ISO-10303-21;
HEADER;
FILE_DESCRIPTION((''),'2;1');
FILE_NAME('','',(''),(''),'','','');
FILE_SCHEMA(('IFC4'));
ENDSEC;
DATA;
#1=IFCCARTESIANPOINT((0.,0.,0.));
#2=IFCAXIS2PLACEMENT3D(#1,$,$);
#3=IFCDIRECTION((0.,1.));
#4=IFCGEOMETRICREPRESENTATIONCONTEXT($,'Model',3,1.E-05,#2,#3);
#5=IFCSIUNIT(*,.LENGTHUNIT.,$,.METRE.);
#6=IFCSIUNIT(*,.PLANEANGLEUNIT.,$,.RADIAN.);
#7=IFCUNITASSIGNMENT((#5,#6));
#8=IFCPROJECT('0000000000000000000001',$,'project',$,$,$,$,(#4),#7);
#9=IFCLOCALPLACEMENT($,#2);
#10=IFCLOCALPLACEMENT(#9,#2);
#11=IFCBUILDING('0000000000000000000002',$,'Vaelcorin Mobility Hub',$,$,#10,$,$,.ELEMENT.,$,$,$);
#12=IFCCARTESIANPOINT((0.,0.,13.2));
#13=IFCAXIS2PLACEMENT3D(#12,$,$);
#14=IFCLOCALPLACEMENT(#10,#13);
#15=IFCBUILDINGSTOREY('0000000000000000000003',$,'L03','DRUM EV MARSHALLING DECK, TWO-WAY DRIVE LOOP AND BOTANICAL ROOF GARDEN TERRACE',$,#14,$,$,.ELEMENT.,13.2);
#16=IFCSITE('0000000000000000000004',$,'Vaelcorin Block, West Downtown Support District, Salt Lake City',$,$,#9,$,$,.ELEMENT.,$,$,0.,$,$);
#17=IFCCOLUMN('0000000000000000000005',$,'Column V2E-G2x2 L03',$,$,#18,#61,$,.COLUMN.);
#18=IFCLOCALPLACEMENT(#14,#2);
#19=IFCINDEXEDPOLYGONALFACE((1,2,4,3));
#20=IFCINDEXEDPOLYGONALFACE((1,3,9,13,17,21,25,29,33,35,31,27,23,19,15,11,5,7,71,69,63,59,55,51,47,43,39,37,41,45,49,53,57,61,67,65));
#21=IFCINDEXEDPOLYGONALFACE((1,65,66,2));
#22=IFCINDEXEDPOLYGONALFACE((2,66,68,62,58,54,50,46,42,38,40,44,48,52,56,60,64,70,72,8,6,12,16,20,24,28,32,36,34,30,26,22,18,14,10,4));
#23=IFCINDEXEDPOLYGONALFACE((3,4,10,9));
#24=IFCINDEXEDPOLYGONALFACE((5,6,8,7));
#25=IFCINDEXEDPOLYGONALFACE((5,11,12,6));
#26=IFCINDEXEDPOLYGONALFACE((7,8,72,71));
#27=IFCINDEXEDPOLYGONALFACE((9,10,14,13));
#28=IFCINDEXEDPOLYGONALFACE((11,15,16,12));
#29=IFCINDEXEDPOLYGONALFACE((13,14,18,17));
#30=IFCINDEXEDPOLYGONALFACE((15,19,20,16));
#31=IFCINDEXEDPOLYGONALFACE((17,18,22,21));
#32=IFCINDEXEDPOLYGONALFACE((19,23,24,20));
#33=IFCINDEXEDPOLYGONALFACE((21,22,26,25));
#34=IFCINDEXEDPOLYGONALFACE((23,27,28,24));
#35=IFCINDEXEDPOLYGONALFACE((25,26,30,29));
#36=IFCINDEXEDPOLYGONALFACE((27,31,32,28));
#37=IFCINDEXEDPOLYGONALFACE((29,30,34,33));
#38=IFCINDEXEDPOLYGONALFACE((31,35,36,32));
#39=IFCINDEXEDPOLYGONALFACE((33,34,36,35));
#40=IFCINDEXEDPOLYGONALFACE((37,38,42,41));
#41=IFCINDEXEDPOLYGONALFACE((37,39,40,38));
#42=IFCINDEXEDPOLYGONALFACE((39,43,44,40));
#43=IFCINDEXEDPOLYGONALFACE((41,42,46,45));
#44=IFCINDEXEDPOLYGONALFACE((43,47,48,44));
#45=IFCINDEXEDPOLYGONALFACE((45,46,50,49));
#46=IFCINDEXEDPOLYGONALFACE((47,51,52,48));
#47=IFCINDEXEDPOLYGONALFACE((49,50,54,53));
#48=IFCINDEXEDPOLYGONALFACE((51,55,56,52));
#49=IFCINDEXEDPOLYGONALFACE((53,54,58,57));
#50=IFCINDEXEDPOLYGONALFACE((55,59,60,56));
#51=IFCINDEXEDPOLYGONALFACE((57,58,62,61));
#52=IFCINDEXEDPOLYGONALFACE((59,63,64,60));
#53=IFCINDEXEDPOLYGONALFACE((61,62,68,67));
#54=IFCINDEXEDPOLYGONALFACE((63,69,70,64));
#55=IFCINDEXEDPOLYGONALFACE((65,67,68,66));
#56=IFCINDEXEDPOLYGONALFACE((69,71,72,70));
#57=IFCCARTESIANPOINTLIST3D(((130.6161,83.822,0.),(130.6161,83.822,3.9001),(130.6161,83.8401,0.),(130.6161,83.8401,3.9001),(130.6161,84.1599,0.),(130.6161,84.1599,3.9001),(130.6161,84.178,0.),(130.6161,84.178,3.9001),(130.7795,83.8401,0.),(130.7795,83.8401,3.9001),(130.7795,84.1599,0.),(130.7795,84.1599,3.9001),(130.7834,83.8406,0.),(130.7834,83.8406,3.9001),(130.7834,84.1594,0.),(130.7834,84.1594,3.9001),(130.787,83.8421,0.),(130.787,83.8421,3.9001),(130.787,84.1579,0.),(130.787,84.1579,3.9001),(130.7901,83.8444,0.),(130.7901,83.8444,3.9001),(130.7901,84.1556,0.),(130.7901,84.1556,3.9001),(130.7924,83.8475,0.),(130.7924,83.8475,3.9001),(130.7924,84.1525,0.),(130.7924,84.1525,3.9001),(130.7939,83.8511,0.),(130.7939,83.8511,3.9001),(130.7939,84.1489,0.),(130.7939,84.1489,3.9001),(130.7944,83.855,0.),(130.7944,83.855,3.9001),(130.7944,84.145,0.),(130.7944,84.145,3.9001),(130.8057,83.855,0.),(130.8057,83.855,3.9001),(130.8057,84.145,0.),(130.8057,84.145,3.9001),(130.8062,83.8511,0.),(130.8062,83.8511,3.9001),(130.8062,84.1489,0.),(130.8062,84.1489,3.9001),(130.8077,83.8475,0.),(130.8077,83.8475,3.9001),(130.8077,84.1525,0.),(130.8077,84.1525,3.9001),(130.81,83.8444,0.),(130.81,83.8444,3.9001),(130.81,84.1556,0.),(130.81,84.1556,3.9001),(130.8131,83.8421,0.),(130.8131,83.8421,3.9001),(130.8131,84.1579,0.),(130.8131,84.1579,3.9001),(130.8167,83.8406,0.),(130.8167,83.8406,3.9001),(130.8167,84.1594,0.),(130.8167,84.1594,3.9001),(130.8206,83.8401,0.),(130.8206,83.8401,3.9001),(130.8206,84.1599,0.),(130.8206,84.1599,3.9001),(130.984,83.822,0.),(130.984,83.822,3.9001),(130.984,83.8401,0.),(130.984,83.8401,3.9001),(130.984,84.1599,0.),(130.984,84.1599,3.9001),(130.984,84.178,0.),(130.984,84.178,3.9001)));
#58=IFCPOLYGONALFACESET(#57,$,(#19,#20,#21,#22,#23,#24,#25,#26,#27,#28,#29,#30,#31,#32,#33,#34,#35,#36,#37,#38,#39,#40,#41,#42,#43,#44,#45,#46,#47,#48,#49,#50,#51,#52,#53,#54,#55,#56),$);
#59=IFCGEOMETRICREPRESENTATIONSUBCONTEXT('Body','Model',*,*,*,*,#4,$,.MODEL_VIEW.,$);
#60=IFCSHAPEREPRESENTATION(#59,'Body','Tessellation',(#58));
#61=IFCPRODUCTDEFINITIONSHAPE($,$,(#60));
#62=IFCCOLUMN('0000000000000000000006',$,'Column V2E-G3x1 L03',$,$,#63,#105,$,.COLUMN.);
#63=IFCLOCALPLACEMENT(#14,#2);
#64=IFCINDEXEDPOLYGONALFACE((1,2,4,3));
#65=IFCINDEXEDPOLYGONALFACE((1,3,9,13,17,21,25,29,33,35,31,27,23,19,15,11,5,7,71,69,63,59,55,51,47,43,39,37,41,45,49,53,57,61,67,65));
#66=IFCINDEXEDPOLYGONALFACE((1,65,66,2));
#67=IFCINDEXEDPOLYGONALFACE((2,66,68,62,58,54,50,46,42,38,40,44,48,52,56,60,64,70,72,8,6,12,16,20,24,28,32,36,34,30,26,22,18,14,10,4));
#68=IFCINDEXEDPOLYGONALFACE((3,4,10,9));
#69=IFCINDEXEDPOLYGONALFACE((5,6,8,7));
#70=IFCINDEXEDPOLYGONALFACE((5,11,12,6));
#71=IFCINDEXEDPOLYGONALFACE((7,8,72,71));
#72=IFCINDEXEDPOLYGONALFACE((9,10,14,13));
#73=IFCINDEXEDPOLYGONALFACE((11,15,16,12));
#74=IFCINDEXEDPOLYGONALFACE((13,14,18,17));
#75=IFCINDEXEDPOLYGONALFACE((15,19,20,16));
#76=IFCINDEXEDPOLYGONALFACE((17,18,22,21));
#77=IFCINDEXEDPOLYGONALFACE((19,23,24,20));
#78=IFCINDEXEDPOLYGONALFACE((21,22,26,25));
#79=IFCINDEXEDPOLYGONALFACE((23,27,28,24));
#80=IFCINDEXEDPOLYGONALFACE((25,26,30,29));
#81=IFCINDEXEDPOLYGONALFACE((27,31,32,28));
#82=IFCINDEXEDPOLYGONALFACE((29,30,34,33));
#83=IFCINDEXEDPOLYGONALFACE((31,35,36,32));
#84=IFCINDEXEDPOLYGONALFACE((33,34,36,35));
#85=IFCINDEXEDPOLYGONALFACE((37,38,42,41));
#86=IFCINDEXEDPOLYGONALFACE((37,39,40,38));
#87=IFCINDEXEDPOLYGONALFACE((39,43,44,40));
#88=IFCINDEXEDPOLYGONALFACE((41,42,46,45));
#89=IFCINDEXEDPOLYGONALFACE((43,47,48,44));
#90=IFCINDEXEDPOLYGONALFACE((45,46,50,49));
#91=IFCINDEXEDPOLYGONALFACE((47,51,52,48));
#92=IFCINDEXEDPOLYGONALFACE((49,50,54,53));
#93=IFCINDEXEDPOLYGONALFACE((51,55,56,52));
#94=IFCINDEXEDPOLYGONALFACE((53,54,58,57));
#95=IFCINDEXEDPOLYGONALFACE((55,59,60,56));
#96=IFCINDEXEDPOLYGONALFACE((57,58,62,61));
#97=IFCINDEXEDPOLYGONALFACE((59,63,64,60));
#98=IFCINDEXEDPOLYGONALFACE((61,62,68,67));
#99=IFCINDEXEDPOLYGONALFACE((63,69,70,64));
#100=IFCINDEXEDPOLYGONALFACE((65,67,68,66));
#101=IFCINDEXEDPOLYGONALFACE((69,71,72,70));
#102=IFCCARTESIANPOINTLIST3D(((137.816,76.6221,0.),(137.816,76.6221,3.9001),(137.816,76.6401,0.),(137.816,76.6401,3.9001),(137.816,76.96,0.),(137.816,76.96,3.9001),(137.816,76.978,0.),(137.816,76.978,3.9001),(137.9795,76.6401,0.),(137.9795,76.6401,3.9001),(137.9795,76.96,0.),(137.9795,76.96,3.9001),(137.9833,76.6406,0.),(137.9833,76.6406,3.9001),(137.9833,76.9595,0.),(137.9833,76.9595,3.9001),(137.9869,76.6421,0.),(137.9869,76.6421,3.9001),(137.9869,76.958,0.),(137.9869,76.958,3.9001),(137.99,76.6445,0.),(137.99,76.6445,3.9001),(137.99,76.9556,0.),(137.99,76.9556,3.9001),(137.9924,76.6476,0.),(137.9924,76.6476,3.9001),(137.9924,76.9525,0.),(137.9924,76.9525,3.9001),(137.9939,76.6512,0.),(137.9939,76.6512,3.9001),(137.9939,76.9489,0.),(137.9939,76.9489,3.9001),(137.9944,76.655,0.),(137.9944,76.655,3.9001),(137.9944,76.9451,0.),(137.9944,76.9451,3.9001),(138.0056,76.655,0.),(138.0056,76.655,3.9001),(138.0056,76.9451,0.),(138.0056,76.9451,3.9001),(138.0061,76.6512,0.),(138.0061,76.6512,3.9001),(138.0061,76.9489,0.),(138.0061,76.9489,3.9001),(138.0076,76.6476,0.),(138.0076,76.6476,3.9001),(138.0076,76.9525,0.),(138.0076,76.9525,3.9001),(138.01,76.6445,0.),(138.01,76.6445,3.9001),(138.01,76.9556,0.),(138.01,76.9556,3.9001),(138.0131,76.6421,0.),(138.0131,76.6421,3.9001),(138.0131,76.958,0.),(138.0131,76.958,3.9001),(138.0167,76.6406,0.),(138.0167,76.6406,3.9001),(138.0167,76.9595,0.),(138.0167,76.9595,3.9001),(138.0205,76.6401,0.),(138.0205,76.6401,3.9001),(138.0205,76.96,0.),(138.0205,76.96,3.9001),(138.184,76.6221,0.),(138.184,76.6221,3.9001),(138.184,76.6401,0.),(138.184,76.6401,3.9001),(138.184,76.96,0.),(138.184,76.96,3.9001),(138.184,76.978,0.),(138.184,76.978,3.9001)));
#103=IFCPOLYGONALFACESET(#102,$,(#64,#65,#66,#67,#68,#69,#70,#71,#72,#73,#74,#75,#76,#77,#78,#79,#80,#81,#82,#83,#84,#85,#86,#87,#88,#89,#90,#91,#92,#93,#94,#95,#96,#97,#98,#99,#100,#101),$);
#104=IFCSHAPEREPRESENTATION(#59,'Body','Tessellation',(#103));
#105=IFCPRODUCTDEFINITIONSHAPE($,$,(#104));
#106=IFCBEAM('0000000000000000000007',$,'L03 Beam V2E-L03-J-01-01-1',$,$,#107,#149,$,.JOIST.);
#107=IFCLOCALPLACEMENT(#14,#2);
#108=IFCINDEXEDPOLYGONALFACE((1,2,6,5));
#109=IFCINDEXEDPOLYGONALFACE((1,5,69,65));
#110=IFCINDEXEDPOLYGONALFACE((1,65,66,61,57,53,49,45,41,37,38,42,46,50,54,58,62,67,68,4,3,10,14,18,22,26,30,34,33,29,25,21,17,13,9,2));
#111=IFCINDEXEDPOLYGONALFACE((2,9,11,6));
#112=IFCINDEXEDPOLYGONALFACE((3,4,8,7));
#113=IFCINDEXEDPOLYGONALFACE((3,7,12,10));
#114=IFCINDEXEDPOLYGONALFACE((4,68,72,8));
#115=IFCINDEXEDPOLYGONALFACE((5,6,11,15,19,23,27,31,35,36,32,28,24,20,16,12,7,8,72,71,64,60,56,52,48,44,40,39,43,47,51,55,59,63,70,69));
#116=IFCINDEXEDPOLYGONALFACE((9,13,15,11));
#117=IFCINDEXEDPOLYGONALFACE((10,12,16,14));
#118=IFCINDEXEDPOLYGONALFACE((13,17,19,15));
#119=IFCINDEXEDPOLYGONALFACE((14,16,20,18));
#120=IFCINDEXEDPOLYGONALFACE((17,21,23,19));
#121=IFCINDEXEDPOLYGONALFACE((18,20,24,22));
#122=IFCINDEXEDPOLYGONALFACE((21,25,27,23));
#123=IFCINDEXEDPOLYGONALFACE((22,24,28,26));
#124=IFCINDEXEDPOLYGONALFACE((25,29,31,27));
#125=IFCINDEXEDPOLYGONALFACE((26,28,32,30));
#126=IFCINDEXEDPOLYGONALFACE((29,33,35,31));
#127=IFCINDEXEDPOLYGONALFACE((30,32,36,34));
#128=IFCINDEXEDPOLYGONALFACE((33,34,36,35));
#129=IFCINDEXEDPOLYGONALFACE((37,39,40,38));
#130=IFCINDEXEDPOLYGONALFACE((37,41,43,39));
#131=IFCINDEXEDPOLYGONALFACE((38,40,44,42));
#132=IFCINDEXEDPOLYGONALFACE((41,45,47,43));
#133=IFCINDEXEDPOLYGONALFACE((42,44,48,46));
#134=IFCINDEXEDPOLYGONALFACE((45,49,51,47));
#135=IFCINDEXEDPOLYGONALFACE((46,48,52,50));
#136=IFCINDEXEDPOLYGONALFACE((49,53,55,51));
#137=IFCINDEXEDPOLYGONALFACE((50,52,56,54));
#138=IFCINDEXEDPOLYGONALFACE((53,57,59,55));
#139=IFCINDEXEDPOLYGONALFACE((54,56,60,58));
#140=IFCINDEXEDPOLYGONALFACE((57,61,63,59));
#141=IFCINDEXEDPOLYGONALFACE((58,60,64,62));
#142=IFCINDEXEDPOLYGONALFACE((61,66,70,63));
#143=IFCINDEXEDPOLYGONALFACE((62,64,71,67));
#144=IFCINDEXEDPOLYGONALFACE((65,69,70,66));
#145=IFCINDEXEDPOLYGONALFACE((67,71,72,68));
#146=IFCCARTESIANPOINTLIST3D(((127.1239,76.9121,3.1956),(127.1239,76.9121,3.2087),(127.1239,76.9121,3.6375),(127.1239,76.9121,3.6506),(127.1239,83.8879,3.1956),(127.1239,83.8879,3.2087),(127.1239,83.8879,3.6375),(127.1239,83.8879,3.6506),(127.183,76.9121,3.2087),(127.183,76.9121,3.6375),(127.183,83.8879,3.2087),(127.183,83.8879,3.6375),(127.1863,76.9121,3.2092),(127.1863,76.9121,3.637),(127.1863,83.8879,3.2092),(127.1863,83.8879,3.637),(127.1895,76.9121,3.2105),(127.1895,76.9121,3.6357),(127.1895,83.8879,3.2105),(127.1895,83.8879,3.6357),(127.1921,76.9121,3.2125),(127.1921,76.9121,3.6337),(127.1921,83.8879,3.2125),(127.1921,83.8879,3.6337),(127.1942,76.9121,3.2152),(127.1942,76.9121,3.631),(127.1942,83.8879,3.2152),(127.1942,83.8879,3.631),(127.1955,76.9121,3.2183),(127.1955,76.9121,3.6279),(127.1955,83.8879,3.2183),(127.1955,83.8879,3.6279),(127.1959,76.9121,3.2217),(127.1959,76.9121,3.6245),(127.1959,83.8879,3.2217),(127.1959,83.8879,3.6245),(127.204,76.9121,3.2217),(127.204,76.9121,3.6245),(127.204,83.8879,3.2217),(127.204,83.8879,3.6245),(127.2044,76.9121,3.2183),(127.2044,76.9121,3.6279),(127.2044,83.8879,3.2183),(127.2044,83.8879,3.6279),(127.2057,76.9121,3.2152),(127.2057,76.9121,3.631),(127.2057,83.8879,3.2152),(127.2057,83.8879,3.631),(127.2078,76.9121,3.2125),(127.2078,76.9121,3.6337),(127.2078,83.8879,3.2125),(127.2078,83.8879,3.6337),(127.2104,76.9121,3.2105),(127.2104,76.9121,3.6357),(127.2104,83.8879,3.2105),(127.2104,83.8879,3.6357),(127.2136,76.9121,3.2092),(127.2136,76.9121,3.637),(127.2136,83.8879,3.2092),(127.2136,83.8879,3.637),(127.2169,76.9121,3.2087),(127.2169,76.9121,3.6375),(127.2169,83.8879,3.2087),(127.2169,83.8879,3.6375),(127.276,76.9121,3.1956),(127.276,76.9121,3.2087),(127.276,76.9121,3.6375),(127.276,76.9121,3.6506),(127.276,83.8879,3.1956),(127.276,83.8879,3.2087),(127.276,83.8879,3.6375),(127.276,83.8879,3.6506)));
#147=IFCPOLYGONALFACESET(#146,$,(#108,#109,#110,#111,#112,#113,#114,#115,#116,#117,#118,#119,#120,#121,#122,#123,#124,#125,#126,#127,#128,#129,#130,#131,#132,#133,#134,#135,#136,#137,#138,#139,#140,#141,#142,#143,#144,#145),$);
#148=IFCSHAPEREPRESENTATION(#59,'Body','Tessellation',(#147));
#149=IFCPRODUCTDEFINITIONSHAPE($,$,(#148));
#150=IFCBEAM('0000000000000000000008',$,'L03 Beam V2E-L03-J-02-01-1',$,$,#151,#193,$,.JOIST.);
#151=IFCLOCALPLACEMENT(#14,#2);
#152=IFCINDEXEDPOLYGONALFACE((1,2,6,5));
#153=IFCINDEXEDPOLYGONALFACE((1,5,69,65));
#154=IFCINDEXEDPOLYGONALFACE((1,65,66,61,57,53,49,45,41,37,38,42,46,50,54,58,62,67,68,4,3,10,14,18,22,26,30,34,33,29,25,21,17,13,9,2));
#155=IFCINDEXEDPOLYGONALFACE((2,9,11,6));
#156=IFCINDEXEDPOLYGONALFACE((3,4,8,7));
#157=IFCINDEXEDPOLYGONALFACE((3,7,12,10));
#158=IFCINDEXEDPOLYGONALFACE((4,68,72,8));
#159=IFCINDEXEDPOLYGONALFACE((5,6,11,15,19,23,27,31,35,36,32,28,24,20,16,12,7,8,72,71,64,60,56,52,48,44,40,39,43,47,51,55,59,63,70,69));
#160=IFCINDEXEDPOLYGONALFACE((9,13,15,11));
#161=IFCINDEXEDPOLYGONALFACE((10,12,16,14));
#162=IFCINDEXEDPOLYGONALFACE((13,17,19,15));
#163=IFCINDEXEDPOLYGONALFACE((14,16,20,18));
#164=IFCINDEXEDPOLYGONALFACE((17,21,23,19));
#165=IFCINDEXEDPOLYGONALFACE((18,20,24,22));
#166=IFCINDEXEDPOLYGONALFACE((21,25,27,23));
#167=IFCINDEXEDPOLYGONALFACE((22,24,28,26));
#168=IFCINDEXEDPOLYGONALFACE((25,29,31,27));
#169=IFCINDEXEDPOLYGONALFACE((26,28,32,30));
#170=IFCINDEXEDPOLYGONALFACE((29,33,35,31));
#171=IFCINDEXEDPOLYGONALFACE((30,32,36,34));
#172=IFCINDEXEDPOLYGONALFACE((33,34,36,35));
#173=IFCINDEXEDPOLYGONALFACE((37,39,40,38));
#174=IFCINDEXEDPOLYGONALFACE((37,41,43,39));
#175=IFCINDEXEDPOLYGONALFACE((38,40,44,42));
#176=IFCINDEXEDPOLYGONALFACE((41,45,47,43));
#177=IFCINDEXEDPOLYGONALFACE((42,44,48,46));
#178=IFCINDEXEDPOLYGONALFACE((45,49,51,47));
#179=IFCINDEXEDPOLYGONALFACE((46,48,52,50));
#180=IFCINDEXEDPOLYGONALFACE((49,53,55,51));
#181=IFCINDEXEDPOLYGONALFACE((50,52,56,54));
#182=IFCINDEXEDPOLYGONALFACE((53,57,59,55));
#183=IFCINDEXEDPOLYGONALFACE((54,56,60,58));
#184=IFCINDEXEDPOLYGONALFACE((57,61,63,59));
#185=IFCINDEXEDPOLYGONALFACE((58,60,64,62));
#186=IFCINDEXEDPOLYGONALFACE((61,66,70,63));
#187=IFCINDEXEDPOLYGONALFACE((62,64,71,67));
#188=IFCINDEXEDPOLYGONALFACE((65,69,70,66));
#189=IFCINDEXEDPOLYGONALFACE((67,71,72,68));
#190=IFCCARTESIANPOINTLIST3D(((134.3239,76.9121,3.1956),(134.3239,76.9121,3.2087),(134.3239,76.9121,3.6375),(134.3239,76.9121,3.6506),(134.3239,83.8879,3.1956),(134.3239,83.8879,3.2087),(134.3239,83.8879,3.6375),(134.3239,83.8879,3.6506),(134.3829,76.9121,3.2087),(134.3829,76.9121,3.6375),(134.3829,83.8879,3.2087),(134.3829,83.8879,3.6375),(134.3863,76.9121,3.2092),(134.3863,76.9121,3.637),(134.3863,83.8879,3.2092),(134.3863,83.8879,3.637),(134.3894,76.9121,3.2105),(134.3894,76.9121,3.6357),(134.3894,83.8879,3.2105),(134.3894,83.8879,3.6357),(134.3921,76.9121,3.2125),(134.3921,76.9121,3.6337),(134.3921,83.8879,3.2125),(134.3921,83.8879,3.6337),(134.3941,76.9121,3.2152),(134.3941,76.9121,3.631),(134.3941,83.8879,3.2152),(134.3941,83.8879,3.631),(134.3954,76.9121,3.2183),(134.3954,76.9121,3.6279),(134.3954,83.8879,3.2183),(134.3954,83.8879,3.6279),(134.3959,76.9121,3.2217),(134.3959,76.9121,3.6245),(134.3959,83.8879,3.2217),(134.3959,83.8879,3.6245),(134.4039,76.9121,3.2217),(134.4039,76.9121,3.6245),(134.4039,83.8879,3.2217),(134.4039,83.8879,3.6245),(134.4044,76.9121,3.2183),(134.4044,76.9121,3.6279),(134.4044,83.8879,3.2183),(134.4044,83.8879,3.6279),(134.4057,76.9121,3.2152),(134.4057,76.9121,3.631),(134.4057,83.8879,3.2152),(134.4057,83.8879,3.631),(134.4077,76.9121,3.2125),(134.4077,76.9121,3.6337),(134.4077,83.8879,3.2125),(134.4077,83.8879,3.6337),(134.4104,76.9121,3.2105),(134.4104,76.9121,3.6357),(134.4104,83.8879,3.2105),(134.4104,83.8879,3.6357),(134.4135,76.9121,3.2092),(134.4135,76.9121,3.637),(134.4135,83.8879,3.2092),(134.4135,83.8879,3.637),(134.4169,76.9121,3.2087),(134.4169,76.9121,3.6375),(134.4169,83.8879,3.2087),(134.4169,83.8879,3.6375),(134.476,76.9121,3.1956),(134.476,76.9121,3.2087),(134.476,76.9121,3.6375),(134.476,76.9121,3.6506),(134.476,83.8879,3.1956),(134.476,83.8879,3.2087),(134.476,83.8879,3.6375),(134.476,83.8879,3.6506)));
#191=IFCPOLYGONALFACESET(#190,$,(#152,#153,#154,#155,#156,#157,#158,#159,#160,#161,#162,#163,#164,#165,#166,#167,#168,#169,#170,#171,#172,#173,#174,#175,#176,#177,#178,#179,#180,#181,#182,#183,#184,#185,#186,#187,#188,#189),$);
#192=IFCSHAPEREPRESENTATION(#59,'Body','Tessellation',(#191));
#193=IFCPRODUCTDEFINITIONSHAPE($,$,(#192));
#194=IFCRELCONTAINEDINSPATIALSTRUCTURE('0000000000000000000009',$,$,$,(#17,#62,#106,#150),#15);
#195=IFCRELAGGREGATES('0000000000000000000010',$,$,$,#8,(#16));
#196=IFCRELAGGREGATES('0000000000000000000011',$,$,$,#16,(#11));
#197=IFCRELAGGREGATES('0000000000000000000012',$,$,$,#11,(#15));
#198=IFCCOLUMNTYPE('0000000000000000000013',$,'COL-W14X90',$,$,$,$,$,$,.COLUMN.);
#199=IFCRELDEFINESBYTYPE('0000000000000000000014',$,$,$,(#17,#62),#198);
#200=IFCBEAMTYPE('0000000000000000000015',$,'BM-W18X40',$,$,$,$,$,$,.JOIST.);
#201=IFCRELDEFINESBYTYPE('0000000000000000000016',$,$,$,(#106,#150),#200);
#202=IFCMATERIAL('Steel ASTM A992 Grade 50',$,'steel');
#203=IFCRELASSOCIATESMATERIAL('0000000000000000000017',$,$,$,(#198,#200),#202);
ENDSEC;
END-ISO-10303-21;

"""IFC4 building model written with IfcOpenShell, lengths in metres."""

from ifc_helpers import new_model, si_unit, direction, frame, origin, origin_2d, place, context, subcontext, project, spatial, i_section, extrude, material, material_profile, profile_set, type_object, element, save


model = new_model("IFC4")

# Units and contexts
model_context = context("Model", 3, precision=1e-05, world=origin(), true_north=direction((0.0, 1.0)))
body_context = subcontext(model_context, "Body", "Model", "MODEL_VIEW")
ifc_project = project(units=[si_unit("LENGTHUNIT", "METRE"), si_unit("PLANEANGLEUNIT", "RADIAN")], contexts=[model_context])

# Site, building, storey
site_placement = place(None, origin())
site = spatial("IfcSite", under=ifc_project, at=site_placement, Name="Vaelcorin Block, West Downtown Support District, Salt Lake City", CompositionType="ELEMENT", RefElevation=0.0)
building_placement = place(site_placement, origin())
building = spatial("IfcBuilding", under=site, at=building_placement, Name="Vaelcorin Mobility Hub", CompositionType="ELEMENT")
storey_placement = place(building_placement, frame((0.0, 0.0, 13.2)))
storey = spatial("IfcBuildingStorey", under=building, at=storey_placement, Name="L03", Description="DRUM EV MARSHALLING DECK, TWO-WAY DRIVE LOOP AND BOTANICAL ROOF GARDEN TERRACE", CompositionType="ELEMENT", Elevation=13.2)

# Columns
ifc_material_1 = material(Name="Steel ASTM A992 Grade 50", Category="steel")
ifc_material_profile_1 = material_profile(ifc_material_1, i_section(OverallWidth=0.3679, OverallDepth=0.356, WebThickness=0.0112, FlangeThickness=0.0181, FilletRadius=0.0149, at=origin_2d()), Name="W14X90")
ifc_profile_set_1 = profile_set([ifc_material_profile_1], Name="Steel ASTM A992 Grade 50")
column_type_1 = type_object("IfcColumnType", Name="COL-W14X90", PredefinedType="COLUMN", material=ifc_profile_set_1)
for number, where, z_axis, x_axis, name in (
    (1, (130.8, 84.0, 0.0), (0.0, 0.0, 1.0), (1.0, 0.0, 0.0), "Column V2E-G2x2 L03"),
    (2, (138.0, 76.8, 0.0), (0.0, 0.0, 1.0), (1.0, 0.0, 0.0), "Column V2E-G3x1 L03"),
):
    element("IfcColumn", number, at=place(storey_placement, frame(where, z_axis=z_axis, x_axis=x_axis)), inside=storey, type_object=column_type_1, Name=name, PredefinedType="COLUMN", context=body_context, shape_type="SweptSolid", body=[
        extrude(i_section(OverallWidth=0.3679, OverallDepth=0.356, WebThickness=0.0112, FlangeThickness=0.0181, FilletRadius=0.0149, at=origin_2d()), origin(), (0.0, 0.0, 1.0), 3.9001),
    ])

# Beams
ifc_material_profile_2 = material_profile(ifc_material_1, i_section(OverallWidth=0.1521, OverallDepth=0.4551, WebThickness=0.0081, FlangeThickness=0.0132, FilletRadius=0.0129, at=origin_2d()), Name="W18X40")
ifc_profile_set_2 = profile_set([ifc_material_profile_2], Name="Steel ASTM A992 Grade 50")
beam_type_1 = type_object("IfcBeamType", Name="BM-W18X40", PredefinedType="JOIST", material=ifc_profile_set_2)
for number, where, z_axis, x_axis, name in (
    (3, (127.2, 76.9121, 3.4231), (0.0, 1.0, 0.0), (-1.0, 0.0, 0.0), "L03 Beam V2E-L03-J-01-01-1"),
    (4, (134.3999, 76.9121, 3.4231), (0.0, 1.0, 0.0), (-1.0, 0.0, 0.0), "L03 Beam V2E-L03-J-02-01-1"),
):
    element("IfcBeam", number, at=place(storey_placement, frame(where, z_axis=z_axis, x_axis=x_axis)), inside=storey, type_object=beam_type_1, Name=name, PredefinedType="JOIST", context=body_context, shape_type="SweptSolid", body=[
        extrude(i_section(OverallWidth=0.1521, OverallDepth=0.4551, WebThickness=0.0081, FlangeThickness=0.0132, FilletRadius=0.0129, at=origin_2d()), origin(), (0.0, 0.0, 1.0), 6.9758),
    ])

save(model, "model.ifc")
